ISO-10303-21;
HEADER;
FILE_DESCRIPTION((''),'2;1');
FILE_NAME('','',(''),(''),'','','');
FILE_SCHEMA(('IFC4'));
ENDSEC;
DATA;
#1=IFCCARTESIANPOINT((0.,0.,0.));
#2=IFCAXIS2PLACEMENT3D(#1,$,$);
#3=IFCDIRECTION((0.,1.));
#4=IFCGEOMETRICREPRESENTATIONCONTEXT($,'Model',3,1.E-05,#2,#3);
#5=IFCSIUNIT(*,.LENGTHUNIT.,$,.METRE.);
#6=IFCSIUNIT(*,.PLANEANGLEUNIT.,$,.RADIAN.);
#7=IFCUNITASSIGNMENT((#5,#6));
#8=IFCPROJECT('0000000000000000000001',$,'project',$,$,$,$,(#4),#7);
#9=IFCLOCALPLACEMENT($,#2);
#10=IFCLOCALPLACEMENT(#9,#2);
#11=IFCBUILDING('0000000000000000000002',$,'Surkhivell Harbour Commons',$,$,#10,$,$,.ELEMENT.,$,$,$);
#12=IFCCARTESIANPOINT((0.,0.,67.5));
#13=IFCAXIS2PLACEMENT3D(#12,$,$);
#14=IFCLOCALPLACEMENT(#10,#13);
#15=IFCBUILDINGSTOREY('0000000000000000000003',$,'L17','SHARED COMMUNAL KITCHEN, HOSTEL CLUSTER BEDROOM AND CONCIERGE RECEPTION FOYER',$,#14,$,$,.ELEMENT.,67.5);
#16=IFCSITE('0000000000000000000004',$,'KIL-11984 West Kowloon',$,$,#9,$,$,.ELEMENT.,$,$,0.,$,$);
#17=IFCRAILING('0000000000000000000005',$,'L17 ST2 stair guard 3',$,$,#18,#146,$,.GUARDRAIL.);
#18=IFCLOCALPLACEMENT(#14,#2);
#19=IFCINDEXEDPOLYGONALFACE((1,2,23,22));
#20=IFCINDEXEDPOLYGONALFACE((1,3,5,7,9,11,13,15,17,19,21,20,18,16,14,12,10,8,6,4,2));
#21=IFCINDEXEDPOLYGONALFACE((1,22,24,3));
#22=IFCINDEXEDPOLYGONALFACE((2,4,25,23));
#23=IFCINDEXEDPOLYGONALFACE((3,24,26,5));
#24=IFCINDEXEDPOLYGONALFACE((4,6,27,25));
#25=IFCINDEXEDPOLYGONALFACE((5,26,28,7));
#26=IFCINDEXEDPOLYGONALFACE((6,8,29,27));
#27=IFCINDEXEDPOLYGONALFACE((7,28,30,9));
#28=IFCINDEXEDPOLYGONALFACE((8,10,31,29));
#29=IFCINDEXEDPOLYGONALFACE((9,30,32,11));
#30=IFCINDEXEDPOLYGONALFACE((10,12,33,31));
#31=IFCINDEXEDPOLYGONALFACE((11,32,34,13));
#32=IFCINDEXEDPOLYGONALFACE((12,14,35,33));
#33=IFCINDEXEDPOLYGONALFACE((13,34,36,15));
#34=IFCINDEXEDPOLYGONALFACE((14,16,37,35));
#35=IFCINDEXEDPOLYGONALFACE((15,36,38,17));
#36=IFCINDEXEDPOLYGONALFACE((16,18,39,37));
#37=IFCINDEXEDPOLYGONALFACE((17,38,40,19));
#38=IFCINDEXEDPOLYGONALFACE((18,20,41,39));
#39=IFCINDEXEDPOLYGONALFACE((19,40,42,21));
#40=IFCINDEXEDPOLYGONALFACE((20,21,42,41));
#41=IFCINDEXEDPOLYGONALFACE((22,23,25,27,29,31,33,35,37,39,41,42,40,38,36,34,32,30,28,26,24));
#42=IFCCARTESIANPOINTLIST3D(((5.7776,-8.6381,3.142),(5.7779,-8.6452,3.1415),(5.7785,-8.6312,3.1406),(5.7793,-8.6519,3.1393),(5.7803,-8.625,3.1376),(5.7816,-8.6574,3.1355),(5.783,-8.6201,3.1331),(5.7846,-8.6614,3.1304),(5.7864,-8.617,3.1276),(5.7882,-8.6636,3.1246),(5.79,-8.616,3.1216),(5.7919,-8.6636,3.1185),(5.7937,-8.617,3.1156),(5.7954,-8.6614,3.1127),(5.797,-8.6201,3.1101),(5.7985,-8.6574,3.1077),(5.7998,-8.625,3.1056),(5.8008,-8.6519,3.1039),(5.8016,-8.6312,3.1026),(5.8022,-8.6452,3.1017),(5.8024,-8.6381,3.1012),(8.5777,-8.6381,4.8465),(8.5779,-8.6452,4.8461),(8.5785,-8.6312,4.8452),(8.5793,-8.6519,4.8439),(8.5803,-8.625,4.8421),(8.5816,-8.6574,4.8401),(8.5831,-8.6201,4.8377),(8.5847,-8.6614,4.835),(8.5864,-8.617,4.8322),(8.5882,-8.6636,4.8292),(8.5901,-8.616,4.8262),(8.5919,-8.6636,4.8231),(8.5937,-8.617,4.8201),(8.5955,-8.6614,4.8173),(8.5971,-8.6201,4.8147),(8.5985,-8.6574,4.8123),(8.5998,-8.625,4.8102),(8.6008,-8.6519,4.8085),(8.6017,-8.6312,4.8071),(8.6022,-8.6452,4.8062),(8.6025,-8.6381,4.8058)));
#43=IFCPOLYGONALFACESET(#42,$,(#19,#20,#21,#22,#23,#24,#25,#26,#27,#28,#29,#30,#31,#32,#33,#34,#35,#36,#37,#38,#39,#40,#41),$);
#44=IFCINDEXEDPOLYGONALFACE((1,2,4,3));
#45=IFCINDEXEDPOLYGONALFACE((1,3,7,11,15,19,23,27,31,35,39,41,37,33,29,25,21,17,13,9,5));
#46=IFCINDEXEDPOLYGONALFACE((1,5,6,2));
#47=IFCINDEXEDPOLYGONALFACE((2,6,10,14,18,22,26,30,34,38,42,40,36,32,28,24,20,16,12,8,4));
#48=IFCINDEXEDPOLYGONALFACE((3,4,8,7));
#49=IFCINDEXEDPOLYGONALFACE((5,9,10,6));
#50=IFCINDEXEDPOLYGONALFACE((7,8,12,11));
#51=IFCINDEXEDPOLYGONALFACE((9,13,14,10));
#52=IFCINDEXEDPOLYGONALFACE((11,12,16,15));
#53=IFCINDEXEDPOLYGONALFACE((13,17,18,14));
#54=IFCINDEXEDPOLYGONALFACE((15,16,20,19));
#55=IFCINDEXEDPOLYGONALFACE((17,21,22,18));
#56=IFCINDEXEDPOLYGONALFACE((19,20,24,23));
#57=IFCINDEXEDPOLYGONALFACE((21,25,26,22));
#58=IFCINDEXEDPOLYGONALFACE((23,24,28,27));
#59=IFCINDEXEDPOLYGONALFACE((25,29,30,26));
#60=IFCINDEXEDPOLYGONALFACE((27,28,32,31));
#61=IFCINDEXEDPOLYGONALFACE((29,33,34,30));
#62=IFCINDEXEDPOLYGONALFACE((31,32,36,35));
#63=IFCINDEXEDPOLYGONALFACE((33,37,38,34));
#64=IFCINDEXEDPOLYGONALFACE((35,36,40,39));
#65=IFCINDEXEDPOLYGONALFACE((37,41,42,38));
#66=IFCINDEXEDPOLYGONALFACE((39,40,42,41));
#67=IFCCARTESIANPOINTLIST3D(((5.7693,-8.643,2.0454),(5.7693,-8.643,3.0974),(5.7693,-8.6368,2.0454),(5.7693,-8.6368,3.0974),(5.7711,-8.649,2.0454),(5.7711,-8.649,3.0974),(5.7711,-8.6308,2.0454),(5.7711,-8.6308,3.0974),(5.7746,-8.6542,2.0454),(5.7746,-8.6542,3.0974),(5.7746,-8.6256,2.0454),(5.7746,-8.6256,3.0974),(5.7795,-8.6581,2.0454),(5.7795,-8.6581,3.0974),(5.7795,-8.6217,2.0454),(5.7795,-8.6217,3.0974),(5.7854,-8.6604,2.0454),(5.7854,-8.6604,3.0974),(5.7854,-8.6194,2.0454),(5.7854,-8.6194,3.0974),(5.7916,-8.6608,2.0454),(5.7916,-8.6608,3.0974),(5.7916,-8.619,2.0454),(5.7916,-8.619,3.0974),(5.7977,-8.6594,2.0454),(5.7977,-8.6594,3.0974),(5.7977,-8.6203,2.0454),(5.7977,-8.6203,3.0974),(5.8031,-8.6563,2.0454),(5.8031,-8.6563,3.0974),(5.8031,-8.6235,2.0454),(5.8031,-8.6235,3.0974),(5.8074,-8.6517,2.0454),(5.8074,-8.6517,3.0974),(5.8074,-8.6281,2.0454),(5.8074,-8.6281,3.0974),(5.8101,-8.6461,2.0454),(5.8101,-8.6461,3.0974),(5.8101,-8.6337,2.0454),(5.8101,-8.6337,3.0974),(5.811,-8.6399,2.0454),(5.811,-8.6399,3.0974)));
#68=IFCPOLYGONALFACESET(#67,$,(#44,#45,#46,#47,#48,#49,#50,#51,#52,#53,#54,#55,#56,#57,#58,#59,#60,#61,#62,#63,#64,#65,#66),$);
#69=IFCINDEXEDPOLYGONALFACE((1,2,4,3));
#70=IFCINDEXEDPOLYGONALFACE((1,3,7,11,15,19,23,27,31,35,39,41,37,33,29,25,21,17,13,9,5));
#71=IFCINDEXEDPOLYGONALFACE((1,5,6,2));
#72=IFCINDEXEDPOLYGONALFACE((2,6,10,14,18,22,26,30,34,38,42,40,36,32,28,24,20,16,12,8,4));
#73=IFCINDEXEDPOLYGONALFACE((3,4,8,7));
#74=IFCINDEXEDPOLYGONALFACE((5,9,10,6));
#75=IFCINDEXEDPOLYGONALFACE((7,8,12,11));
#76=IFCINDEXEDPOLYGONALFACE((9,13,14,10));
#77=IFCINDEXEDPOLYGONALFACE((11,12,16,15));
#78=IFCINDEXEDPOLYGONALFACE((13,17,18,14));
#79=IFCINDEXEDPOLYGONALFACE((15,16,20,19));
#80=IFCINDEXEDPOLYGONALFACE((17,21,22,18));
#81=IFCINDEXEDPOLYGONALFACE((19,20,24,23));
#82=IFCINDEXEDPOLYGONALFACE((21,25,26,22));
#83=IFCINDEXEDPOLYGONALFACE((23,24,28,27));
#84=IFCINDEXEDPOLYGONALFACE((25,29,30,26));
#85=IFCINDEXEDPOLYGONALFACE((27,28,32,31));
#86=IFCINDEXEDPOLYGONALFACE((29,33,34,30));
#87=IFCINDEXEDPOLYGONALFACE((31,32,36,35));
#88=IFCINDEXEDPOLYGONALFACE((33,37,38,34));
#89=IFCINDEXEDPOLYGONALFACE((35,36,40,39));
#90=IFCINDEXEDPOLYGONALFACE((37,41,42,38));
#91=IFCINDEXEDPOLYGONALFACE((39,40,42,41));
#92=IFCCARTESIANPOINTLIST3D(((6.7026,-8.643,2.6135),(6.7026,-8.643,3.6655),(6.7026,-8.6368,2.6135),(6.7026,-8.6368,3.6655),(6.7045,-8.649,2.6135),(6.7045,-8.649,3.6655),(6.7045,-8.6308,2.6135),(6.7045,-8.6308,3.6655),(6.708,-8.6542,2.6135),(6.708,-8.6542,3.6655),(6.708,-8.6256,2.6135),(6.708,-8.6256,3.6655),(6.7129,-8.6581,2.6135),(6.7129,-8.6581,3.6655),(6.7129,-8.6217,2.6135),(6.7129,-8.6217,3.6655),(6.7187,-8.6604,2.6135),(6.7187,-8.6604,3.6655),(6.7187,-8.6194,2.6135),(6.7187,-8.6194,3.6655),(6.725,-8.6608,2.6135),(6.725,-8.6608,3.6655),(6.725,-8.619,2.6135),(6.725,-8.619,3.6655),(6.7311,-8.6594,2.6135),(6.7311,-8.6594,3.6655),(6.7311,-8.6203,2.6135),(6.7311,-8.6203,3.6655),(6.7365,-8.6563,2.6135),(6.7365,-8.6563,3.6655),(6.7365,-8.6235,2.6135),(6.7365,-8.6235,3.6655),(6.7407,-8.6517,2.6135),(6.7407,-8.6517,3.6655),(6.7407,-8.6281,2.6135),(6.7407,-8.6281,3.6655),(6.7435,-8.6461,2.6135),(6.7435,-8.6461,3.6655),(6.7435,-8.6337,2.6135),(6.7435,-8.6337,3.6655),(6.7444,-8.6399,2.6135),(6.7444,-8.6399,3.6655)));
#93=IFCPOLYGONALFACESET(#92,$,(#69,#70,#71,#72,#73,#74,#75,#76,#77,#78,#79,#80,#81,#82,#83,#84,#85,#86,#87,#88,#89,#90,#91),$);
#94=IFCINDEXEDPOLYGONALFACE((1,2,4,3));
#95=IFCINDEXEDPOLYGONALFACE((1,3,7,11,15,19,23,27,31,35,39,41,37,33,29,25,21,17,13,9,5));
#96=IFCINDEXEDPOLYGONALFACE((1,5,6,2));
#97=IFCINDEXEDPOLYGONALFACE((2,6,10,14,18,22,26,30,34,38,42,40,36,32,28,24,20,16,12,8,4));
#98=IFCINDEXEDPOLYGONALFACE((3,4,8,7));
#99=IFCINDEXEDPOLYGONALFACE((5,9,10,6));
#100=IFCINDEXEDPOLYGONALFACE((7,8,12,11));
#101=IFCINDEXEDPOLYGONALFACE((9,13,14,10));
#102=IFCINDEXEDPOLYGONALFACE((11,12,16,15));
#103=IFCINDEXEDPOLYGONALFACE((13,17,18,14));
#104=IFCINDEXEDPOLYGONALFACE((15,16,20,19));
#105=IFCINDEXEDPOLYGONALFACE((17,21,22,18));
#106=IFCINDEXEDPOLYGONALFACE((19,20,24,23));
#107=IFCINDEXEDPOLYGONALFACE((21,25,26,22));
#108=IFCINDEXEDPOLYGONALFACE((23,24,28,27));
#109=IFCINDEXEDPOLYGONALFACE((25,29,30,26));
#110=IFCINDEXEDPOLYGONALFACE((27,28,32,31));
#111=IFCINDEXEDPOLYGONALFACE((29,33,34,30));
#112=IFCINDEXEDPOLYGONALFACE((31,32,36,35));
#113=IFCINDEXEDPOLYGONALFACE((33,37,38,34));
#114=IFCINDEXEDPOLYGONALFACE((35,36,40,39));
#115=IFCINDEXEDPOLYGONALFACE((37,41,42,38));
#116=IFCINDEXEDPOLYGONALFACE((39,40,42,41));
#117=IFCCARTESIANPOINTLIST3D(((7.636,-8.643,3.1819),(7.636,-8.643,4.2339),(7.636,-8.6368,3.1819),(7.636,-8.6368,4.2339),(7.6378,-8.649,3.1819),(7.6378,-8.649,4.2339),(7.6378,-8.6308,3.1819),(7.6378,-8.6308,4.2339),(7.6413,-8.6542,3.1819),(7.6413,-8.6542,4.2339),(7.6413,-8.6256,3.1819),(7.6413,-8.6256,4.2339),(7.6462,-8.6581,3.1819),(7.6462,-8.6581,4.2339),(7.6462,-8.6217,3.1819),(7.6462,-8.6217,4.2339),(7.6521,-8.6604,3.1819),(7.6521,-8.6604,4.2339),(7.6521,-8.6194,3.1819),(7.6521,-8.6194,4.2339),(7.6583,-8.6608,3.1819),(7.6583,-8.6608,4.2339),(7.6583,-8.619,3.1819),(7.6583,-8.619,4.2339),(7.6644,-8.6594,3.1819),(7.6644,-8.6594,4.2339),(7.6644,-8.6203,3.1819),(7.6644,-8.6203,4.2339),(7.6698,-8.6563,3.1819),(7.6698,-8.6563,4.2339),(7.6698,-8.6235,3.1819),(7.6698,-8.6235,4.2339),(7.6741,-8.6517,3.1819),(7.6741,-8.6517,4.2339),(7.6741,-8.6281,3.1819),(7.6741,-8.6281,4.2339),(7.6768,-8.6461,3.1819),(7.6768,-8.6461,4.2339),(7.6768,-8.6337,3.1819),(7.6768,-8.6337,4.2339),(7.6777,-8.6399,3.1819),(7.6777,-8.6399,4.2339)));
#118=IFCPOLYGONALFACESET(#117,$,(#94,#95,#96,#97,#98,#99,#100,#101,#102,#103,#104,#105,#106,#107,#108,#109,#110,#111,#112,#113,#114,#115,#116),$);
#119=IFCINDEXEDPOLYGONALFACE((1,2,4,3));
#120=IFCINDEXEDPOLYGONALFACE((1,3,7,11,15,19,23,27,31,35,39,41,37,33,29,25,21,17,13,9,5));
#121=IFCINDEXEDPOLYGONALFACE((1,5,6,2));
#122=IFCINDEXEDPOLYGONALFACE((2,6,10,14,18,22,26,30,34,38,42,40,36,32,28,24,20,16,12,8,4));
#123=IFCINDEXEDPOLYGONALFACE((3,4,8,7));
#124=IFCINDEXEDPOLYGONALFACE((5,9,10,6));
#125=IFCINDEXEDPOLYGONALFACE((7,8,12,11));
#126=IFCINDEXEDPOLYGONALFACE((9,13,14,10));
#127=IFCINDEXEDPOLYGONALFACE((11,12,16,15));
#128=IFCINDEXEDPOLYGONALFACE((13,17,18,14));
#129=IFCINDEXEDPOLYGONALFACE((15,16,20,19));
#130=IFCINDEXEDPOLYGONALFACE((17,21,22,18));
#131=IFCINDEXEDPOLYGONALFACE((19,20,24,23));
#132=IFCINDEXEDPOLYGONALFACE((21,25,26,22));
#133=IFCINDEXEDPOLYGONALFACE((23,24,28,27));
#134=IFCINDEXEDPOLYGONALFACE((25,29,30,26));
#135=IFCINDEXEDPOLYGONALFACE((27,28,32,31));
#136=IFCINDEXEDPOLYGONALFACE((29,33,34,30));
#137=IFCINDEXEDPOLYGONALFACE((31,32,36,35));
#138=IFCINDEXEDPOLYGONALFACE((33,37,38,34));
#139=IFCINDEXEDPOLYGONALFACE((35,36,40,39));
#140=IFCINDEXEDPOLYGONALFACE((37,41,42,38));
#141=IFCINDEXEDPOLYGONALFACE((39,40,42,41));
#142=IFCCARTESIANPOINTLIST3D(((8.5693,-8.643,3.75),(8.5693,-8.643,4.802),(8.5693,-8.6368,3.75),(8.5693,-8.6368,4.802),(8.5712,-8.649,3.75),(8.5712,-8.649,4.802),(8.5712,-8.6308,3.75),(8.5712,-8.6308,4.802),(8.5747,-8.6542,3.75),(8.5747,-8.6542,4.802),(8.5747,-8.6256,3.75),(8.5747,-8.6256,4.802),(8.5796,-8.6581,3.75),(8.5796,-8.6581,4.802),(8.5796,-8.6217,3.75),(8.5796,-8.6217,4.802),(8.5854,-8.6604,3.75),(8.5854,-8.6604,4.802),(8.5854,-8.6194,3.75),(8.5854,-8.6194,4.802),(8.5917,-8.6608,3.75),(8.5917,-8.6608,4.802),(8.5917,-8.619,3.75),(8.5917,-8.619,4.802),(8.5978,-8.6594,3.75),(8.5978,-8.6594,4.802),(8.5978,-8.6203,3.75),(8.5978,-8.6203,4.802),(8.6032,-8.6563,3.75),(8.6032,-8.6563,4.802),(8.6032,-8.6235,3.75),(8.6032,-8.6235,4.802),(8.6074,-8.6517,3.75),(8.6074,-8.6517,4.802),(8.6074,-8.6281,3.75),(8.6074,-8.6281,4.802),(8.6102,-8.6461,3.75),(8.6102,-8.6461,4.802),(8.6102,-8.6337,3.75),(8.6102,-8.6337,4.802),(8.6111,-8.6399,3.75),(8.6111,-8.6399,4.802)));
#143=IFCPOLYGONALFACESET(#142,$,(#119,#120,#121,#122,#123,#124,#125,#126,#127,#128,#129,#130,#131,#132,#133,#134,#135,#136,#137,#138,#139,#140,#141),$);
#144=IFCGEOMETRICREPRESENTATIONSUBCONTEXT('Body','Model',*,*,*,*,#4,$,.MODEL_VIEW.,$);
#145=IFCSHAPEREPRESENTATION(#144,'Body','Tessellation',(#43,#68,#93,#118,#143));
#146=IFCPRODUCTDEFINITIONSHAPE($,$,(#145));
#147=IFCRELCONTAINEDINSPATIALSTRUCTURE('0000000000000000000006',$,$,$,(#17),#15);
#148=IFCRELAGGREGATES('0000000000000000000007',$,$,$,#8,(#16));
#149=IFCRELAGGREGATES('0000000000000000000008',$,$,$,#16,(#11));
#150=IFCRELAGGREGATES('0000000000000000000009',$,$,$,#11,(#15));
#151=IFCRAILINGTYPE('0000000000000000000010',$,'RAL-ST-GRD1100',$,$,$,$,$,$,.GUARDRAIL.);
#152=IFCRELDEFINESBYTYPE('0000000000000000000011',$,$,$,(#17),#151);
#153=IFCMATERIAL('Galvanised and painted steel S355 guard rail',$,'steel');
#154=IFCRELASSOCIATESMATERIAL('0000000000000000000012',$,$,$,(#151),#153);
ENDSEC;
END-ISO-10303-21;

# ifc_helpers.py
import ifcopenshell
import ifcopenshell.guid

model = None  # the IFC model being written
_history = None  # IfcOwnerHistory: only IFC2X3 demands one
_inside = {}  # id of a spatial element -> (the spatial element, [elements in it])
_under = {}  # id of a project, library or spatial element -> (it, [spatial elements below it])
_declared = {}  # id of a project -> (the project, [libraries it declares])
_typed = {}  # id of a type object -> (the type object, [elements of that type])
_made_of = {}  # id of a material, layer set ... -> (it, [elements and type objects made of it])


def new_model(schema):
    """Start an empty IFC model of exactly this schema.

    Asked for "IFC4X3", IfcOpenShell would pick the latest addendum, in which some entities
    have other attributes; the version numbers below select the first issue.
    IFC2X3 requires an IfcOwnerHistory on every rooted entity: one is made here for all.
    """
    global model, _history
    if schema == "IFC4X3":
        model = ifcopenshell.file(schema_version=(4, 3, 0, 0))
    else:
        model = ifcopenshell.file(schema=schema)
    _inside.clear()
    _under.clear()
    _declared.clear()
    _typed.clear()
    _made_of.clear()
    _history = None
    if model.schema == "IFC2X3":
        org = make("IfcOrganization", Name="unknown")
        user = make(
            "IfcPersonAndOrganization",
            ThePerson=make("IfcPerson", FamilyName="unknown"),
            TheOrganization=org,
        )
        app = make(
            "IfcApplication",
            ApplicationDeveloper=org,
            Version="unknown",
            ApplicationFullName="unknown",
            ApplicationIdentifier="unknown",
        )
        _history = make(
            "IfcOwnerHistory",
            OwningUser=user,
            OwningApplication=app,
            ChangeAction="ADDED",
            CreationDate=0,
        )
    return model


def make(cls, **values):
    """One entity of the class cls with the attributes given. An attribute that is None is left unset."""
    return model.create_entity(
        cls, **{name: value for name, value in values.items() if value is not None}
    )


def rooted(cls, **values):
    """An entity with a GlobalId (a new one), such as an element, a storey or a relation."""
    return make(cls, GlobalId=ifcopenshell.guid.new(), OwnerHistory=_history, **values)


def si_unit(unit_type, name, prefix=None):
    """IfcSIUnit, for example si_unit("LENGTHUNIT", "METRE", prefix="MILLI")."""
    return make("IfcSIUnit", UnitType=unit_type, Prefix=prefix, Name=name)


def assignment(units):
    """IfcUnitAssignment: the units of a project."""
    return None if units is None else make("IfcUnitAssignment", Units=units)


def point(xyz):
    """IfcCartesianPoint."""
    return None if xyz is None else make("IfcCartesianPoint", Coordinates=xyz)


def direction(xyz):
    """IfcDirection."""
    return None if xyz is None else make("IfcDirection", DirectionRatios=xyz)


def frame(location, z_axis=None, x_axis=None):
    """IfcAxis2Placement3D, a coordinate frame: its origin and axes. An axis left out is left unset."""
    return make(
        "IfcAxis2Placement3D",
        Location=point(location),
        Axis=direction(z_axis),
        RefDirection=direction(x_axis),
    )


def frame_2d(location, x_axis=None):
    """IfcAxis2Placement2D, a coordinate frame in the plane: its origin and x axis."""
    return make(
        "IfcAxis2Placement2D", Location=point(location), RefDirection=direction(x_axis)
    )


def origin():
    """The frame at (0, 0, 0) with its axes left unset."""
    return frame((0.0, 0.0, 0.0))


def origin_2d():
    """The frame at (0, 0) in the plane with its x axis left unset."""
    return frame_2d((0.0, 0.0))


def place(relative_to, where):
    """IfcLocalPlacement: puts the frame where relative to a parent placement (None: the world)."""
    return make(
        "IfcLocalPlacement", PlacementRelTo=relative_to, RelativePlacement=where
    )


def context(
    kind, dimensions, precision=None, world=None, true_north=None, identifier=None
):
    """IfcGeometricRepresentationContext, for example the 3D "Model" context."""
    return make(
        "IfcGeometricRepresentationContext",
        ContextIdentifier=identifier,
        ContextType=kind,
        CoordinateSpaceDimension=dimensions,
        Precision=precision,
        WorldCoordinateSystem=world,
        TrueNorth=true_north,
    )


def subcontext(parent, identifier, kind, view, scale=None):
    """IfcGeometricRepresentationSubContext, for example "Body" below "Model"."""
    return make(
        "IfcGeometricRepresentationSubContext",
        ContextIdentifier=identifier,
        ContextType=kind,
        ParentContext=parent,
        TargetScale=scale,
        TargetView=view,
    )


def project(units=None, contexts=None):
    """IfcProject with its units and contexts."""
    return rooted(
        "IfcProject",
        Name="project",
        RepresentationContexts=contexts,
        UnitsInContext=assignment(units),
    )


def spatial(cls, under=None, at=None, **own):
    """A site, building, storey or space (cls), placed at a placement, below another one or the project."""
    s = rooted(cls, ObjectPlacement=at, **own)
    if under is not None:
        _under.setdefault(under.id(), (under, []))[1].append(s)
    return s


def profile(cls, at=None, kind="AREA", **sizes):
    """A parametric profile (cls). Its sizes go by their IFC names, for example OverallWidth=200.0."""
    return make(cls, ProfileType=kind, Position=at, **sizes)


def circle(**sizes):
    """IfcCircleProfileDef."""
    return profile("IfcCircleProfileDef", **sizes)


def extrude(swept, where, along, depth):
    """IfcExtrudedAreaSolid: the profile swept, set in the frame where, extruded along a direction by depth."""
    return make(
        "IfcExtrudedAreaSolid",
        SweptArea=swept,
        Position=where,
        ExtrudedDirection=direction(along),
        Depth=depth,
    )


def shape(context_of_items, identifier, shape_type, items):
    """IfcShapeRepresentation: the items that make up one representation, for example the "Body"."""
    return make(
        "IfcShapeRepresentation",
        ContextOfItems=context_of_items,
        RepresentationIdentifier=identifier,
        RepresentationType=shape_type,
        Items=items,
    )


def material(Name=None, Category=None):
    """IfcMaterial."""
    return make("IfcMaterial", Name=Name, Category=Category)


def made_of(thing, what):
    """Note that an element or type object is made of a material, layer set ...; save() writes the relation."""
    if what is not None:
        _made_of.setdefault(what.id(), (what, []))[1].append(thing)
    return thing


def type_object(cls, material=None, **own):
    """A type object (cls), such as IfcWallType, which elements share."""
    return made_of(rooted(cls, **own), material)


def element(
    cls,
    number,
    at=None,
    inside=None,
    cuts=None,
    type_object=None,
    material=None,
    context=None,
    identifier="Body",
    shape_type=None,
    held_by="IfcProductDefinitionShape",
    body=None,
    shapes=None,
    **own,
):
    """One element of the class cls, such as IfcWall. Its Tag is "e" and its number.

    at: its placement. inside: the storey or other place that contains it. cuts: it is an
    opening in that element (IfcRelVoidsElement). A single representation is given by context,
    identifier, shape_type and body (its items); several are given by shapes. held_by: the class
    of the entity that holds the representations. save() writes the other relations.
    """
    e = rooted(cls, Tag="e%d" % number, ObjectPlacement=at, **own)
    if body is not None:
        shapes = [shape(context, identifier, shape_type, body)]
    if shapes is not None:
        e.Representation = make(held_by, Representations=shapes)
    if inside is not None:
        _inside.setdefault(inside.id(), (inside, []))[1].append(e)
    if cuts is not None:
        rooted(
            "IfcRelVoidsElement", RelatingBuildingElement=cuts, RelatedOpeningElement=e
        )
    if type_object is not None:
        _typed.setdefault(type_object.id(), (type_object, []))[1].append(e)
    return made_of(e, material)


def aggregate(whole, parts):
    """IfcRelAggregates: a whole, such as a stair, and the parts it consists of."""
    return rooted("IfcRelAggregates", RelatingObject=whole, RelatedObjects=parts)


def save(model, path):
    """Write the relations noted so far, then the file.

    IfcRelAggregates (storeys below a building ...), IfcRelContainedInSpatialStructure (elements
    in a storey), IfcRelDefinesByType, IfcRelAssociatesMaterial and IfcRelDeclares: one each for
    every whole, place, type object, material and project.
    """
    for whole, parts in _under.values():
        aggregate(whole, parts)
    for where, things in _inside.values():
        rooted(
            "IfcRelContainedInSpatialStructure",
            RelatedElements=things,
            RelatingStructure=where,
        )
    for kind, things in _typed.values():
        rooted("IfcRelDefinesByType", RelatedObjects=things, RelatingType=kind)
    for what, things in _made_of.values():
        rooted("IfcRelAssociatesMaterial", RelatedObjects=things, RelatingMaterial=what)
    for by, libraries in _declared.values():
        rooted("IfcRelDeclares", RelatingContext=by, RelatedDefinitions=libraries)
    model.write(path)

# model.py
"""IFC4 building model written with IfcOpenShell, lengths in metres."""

from ifc_helpers import new_model, si_unit, direction, frame, origin, origin_2d, place, context, subcontext, project, spatial, circle, extrude, material, type_object, element, save


model = new_model("IFC4")

# Units and contexts
model_context = context("Model", 3, precision=1e-05, world=origin(), true_north=direction((0.0, 1.0)))
body_context = subcontext(model_context, "Body", "Model", "MODEL_VIEW")
ifc_project = project(units=[si_unit("LENGTHUNIT", "METRE"), si_unit("PLANEANGLEUNIT", "RADIAN")], contexts=[model_context])

# Site, building, storey
site_placement = place(None, origin())
site = spatial("IfcSite", under=ifc_project, at=site_placement, Name="KIL-11984 West Kowloon", CompositionType="ELEMENT", RefElevation=0.0)
building_placement = place(site_placement, origin())
building = spatial("IfcBuilding", under=site, at=building_placement, Name="Surkhivell Harbour Commons", CompositionType="ELEMENT")
storey_placement = place(building_placement, frame((0.0, 0.0, 67.5)))
storey = spatial("IfcBuildingStorey", under=building, at=storey_placement, Name="L17", Description="SHARED COMMUNAL KITCHEN, HOSTEL CLUSTER BEDROOM AND CONCIERGE RECEPTION FOYER", CompositionType="ELEMENT", Elevation=67.5)

# Railing
ifc_material_1 = material(Name="Galvanised and painted steel S355 guard rail", Category="steel")
railing_type_1 = type_object("IfcRailingType", Name="RAL-ST-GRD1100", PredefinedType="GUARDRAIL", material=ifc_material_1)
railing_1_placement = place(storey_placement, frame((5.79, -8.6399, 2.0454)))
element("IfcRailing", 1, at=railing_1_placement, inside=storey, type_object=railing_type_1, Name="L17 ST2 stair guard 3", PredefinedType="GUARDRAIL", context=body_context, shape_type="SweptSolid", body=[
    extrude(circle(Radius=0.0239, at=origin_2d()), frame((0.0, 0.0, 1.0762), z_axis=(0.85417, 0.0, 0.519994), x_axis=(0.0, 1.0, 0.0)), (0.0, 0.0, 1.0), 3.2781),
    extrude(circle(Radius=0.021, at=origin_2d()), origin(), (0.0, 0.0, 1.0), 1.052),
    extrude(circle(Radius=0.021, at=origin_2d()), frame((0.9333, 0.0, 0.5681)), (0.0, 0.0, 1.0), 1.052),
    extrude(circle(Radius=0.021, at=origin_2d()), frame((1.8667, 0.0, 1.1365)), (0.0, 0.0, 1.0), 1.052),
    extrude(circle(Radius=0.021, at=origin_2d()), frame((2.8, 0.0, 1.7046)), (0.0, 0.0, 1.0), 1.052),
])

save(model, "model.ifc")
